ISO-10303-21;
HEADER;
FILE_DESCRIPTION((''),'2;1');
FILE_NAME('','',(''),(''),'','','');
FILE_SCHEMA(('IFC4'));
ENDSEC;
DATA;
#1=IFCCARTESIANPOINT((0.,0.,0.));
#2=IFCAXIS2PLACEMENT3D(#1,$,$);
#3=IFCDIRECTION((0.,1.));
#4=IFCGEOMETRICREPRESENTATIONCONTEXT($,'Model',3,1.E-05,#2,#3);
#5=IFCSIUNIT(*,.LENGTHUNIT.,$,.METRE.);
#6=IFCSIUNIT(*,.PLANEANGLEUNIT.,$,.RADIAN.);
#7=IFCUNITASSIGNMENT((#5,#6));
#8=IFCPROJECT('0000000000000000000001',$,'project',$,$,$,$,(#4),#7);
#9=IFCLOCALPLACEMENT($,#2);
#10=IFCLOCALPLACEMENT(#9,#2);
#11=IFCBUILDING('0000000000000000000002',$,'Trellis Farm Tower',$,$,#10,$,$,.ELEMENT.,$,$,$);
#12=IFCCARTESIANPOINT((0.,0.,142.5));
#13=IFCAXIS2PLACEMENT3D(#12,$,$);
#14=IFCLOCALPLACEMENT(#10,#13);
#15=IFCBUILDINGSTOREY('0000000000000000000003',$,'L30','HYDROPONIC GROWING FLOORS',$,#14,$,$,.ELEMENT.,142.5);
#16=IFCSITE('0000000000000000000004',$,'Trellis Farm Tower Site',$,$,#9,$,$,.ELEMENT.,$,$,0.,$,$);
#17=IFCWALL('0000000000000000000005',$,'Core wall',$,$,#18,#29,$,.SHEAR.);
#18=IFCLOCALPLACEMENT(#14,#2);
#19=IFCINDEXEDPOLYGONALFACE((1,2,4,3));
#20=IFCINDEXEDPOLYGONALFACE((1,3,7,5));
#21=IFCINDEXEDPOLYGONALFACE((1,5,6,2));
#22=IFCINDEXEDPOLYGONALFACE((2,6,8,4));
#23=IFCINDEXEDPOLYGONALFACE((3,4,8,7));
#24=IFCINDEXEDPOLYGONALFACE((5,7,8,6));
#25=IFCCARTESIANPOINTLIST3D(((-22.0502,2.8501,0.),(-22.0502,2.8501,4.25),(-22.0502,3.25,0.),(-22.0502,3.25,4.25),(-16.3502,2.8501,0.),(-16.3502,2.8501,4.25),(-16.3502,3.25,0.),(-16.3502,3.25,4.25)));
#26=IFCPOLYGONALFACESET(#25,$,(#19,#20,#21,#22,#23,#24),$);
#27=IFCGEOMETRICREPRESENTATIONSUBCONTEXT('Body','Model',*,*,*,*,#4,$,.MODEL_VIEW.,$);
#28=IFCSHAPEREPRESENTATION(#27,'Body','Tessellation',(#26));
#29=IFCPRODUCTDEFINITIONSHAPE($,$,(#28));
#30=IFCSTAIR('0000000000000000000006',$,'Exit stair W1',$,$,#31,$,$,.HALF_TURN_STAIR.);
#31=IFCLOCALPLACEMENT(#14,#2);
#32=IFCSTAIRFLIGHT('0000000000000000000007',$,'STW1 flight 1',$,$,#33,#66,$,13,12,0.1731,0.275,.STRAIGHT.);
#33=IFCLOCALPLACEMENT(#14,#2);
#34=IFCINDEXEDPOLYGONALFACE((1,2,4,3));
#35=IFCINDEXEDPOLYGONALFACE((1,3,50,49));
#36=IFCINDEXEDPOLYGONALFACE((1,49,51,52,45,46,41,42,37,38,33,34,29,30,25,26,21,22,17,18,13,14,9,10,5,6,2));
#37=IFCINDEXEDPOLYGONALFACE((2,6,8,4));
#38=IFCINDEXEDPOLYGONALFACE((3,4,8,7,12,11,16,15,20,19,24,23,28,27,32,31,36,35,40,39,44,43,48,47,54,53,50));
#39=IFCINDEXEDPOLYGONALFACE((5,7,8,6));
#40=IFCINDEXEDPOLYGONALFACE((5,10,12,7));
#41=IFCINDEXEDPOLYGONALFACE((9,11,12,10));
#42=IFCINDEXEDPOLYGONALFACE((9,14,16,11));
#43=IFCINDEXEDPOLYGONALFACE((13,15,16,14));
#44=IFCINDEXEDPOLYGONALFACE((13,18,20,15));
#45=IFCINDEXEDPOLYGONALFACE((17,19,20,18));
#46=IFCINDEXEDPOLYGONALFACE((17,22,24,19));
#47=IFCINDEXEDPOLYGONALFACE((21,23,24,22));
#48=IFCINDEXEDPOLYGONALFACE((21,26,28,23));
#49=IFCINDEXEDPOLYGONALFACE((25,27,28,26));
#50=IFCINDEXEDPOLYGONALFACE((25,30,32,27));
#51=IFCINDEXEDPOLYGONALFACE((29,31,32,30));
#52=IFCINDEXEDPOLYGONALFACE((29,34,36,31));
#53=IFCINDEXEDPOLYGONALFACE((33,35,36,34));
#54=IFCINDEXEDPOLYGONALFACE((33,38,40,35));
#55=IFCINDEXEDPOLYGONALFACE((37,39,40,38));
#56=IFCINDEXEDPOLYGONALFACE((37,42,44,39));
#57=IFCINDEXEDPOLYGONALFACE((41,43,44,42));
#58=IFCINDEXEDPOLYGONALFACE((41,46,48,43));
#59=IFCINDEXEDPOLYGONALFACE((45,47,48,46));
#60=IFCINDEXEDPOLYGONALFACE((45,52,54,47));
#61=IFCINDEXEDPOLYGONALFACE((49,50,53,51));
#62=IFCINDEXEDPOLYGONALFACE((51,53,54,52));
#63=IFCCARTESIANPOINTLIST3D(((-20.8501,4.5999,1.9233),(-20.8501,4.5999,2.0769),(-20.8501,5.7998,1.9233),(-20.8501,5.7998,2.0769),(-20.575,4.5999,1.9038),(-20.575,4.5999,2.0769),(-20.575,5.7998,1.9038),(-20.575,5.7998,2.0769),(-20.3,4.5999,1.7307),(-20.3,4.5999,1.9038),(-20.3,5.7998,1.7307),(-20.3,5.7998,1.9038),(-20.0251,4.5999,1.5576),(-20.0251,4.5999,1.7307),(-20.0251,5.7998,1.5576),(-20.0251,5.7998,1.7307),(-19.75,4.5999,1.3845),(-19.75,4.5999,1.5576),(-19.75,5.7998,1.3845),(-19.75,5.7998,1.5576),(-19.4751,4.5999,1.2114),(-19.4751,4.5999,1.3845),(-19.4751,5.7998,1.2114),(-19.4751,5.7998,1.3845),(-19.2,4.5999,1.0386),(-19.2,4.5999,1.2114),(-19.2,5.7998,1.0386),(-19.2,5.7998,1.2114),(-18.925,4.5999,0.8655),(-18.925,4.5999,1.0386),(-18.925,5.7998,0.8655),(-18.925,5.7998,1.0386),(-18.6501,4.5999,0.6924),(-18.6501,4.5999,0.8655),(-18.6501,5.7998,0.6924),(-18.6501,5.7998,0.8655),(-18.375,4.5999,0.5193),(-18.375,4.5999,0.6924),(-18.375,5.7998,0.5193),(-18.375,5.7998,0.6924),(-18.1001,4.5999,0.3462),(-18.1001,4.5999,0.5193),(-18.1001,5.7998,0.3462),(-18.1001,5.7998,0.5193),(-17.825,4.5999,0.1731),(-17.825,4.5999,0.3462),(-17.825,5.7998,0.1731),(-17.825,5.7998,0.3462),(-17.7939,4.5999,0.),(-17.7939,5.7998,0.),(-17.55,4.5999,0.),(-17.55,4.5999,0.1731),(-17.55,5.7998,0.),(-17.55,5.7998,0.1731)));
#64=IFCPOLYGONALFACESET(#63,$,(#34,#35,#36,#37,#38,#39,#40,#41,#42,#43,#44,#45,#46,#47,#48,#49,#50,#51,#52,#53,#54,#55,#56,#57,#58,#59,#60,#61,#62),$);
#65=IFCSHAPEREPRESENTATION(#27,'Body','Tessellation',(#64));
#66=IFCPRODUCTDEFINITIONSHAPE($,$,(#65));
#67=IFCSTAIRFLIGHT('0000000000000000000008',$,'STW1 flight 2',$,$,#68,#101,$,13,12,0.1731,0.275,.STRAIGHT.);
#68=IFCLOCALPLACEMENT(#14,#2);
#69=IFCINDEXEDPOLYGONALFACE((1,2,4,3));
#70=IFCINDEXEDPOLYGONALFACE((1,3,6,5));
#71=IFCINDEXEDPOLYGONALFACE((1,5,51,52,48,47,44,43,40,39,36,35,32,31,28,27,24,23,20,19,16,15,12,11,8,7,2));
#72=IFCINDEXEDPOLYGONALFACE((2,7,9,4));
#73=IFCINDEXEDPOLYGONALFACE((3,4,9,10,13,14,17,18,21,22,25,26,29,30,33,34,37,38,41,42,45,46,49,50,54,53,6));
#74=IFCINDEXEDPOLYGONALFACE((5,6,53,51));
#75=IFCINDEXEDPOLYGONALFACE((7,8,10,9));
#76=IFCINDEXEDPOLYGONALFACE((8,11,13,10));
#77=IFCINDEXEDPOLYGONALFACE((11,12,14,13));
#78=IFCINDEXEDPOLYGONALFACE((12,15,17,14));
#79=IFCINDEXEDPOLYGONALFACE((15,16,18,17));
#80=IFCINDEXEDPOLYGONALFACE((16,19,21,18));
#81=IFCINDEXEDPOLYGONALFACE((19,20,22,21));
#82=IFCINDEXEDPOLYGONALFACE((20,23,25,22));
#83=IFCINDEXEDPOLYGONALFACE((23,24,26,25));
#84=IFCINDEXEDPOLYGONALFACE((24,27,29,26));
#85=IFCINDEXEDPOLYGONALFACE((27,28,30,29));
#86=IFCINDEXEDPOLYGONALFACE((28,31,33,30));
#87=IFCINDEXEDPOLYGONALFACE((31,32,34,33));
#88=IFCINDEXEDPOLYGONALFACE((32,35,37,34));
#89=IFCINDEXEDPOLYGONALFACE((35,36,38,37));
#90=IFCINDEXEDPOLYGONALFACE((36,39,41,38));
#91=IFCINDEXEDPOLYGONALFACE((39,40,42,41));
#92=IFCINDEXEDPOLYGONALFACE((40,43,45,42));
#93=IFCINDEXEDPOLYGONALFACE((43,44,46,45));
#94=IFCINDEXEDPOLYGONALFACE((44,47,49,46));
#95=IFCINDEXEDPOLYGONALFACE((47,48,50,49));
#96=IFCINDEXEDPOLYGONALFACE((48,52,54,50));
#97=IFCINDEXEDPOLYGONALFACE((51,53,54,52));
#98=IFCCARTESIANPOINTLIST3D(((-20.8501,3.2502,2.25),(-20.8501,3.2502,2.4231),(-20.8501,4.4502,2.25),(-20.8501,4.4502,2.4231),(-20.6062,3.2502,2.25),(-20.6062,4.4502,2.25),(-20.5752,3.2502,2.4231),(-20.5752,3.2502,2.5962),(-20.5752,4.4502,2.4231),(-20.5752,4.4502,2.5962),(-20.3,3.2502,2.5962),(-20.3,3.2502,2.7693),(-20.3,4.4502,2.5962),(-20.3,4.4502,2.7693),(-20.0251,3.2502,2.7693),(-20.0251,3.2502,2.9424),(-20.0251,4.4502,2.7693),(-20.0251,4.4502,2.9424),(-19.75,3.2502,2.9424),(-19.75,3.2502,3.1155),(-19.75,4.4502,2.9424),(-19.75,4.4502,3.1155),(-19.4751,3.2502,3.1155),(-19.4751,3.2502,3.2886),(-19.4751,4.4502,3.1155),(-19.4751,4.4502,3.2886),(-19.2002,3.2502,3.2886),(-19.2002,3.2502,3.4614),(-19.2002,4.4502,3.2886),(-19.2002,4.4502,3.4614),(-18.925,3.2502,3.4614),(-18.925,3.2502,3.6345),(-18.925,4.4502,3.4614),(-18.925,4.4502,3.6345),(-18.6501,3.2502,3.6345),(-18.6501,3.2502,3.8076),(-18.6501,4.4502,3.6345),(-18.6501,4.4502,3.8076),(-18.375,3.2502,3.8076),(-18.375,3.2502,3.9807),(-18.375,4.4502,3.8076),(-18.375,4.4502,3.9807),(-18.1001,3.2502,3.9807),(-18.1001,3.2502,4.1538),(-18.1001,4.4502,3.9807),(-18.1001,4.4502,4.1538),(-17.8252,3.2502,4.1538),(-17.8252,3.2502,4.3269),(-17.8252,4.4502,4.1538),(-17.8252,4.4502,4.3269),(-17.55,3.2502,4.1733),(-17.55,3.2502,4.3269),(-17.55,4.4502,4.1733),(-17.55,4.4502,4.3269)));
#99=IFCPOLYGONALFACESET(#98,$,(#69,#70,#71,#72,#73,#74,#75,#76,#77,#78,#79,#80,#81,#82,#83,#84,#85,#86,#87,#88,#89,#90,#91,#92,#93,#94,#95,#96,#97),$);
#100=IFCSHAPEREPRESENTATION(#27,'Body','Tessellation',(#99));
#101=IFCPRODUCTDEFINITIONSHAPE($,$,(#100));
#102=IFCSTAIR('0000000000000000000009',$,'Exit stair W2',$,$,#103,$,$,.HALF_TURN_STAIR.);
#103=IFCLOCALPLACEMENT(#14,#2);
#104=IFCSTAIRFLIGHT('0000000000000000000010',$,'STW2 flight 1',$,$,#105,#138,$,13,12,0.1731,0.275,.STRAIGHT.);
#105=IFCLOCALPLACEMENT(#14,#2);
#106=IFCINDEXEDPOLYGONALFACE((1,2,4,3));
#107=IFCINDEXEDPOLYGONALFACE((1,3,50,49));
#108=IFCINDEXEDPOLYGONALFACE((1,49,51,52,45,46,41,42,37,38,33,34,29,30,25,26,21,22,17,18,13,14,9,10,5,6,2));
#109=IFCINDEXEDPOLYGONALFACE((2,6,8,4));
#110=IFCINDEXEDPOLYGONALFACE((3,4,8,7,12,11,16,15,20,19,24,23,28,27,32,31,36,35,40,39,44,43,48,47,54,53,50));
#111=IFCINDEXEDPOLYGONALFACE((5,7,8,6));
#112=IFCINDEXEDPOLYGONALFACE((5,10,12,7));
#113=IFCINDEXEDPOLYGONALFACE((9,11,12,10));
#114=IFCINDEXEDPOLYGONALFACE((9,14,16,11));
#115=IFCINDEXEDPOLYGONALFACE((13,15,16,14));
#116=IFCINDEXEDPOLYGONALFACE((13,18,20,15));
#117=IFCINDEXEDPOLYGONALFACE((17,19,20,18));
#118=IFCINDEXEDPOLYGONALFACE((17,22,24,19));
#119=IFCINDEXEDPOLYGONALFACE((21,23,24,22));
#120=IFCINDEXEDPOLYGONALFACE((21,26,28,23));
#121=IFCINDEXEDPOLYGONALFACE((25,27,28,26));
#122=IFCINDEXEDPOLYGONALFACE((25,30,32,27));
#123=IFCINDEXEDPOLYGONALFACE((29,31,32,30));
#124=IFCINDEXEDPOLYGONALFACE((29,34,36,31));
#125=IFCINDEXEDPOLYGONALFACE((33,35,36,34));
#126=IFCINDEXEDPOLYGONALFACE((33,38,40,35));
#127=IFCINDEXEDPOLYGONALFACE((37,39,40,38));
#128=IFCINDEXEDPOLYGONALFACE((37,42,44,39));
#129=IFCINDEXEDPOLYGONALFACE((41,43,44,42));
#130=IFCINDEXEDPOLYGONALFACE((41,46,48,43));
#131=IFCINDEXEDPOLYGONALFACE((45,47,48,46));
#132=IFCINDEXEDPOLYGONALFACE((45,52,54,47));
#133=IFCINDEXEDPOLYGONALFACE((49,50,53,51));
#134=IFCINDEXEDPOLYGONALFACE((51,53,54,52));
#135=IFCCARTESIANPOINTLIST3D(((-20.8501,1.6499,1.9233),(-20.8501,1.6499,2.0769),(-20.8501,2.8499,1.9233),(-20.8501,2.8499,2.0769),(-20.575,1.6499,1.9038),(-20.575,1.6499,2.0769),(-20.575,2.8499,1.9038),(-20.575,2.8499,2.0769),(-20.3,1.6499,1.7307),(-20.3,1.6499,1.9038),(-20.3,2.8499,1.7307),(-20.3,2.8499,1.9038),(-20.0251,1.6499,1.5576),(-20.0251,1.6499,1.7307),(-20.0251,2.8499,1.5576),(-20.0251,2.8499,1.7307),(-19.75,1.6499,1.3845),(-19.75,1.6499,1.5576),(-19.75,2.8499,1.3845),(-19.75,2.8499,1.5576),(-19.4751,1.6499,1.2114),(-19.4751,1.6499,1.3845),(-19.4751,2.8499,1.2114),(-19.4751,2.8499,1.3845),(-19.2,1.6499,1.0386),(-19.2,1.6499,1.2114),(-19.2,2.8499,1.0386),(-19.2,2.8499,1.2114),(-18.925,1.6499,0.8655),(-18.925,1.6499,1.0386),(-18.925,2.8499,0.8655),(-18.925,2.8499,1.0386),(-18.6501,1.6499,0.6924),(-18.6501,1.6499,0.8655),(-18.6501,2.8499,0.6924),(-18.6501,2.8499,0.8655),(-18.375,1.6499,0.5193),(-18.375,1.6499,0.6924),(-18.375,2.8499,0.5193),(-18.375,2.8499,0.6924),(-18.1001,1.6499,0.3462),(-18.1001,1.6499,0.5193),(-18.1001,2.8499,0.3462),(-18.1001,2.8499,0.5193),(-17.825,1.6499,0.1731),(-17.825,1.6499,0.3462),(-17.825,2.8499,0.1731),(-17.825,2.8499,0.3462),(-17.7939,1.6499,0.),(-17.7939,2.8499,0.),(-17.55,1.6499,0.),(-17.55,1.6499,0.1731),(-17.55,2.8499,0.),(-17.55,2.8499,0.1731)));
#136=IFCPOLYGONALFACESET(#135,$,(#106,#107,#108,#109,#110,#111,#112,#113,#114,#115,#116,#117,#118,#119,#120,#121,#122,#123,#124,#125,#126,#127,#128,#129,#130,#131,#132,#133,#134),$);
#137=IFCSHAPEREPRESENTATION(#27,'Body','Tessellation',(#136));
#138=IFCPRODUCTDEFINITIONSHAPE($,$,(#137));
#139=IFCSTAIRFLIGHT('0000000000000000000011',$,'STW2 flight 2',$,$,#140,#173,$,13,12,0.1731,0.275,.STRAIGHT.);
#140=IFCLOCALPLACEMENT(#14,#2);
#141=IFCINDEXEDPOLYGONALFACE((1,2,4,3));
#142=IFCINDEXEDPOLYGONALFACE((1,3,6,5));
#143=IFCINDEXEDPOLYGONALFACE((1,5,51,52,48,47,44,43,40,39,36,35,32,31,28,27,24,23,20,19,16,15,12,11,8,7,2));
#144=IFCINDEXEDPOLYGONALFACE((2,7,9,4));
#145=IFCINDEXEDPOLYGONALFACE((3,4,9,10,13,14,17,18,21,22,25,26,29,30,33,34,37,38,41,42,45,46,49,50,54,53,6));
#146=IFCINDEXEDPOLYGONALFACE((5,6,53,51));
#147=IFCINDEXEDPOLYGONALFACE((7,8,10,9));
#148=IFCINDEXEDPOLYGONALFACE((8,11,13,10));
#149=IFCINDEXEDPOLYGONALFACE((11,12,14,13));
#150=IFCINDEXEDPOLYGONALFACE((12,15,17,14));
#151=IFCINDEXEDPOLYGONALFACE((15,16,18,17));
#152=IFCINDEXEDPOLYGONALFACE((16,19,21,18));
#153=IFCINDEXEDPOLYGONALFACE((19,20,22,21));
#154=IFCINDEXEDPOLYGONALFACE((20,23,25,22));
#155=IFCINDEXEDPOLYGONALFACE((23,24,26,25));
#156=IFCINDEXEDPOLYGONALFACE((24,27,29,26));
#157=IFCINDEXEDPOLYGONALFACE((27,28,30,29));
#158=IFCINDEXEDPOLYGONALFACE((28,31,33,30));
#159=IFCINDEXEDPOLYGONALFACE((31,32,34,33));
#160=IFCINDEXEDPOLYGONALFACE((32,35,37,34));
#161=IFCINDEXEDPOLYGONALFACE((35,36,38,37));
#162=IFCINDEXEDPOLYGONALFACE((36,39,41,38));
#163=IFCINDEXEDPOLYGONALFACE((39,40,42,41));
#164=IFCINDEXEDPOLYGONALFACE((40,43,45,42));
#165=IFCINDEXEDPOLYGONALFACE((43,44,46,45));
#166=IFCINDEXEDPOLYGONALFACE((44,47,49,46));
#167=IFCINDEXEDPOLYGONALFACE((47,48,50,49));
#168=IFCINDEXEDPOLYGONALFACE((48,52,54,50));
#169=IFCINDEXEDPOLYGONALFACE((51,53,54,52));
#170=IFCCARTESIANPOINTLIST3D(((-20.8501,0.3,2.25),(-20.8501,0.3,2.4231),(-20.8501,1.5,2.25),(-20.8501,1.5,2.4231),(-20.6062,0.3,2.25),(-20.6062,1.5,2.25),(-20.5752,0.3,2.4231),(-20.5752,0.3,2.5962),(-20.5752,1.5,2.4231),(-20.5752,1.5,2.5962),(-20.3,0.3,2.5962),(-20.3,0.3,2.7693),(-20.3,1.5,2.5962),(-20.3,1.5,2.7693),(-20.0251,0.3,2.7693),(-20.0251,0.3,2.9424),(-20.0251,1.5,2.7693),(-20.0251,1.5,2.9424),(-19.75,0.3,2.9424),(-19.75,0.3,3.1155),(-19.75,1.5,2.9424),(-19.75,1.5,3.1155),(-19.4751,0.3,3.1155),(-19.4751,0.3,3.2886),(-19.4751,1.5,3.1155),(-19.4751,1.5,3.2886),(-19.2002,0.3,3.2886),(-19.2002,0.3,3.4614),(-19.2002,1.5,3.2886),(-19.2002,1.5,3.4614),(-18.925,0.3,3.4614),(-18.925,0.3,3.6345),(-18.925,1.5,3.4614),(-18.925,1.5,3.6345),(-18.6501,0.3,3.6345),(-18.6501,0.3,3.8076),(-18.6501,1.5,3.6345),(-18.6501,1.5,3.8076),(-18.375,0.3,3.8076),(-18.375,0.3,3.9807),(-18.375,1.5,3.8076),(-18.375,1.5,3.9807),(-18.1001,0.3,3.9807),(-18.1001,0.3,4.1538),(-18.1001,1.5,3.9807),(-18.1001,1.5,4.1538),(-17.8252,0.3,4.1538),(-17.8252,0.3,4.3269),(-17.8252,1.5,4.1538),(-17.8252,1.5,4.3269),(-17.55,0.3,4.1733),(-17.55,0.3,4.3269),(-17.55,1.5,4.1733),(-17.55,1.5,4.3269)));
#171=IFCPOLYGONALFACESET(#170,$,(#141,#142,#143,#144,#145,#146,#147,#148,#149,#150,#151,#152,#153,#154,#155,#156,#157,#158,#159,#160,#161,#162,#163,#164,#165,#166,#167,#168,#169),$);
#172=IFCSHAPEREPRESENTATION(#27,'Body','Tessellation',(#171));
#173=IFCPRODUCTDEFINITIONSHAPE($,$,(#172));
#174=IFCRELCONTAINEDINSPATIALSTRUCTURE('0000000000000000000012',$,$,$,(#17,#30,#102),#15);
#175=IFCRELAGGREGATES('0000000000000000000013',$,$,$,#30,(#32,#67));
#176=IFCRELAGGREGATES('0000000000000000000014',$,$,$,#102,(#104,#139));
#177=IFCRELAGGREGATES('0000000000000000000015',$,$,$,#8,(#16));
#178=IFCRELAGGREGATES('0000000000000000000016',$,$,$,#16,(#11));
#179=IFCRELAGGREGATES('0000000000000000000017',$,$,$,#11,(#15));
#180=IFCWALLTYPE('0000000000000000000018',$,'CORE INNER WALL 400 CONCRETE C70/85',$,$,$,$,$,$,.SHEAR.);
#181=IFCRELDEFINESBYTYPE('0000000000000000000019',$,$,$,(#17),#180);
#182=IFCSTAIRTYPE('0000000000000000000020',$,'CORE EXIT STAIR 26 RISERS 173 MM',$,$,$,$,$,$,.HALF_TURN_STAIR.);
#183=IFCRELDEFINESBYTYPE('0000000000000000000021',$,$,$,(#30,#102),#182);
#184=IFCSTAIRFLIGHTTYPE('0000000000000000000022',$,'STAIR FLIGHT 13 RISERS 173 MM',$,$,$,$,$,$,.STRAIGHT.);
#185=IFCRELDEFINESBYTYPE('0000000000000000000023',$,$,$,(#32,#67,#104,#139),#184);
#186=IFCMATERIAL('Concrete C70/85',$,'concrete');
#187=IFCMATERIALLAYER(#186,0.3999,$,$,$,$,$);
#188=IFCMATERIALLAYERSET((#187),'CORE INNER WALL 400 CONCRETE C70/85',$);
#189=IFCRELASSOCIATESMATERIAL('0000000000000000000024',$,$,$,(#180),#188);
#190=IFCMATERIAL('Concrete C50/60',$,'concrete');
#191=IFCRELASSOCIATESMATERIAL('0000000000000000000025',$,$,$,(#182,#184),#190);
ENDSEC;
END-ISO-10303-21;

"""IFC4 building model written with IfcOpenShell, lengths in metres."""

from ifc_helpers import new_model, si_unit, direction, frame, frame_2d, origin, place, context, subcontext, project, spatial, polyline, rectangle, outline, extrude, source, transform, mapped, material, layer, layer_set, type_object, element, aggregate, save


model = new_model("IFC4")

# Units and contexts
model_context = context("Model", 3, precision=1e-05, world=origin(), true_north=direction((0.0, 1.0)))
body_context = subcontext(model_context, "Body", "Model", "MODEL_VIEW")
ifc_project = project(units=[si_unit("LENGTHUNIT", "METRE"), si_unit("PLANEANGLEUNIT", "RADIAN")], contexts=[model_context])

# Site, building, storey
site_placement = place(None, origin())
site = spatial("IfcSite", under=ifc_project, at=site_placement, Name="Trellis Farm Tower Site", CompositionType="ELEMENT", RefElevation=0.0)
building_placement = place(site_placement, origin())
building = spatial("IfcBuilding", under=site, at=building_placement, Name="Trellis Farm Tower", CompositionType="ELEMENT")
storey_placement = place(building_placement, frame((0.0, 0.0, 142.5)))
storey = spatial("IfcBuildingStorey", under=building, at=storey_placement, Name="L30", Description="HYDROPONIC GROWING FLOORS", CompositionType="ELEMENT", Elevation=142.5)

# Shared definitions
placement = place(storey_placement, origin())

# Shared definitions
ifc_material_1 = material(Name="Concrete C70/85", Category="concrete")
ifc_layer_1 = layer(ifc_material_1, 0.3999)
ifc_layer_set_1 = layer_set([ifc_layer_1], Name="CORE INNER WALL 400 CONCRETE C70/85")
wall_type_1 = type_object("IfcWallType", Name="CORE INNER WALL 400 CONCRETE C70/85", PredefinedType="SHEAR", material=ifc_layer_set_1)

# Wall
shared_shape_1 = source(origin(), body_context, "Body", "SweptSolid", [
    extrude(rectangle(XDim=5.7, YDim=0.3999, at=frame_2d((2.8501, 0.0))), origin(), (0.0, 0.0, 1.0), 4.25),
])
wall_1_placement = place(storey_placement, frame((-16.3501, 3.05, 0.0), z_axis=(0.0, 0.0, 1.0), x_axis=(-1.0, 0.0, 0.0)))
element("IfcWall", 1, at=wall_1_placement, inside=storey, type_object=wall_type_1, Name="Core wall", PredefinedType="SHEAR", context=body_context, shape_type="MappedRepresentation", body=[
    mapped(shared_shape_1, transform((0.0, 0.0, 0.0))),
])

# Stairs, stair flights
ifc_material_2 = material(Name="Concrete C50/60", Category="concrete")
stair_type = type_object("IfcStairType", Name="CORE EXIT STAIR 26 RISERS 173 MM", PredefinedType="HALF_TURN_STAIR", material=ifc_material_2)
stair_1 = element("IfcStair", 2, at=placement, inside=storey, type_object=stair_type, Name="Exit stair W1", PredefinedType="HALF_TURN_STAIR")
stair_flight_type = type_object("IfcStairFlightType", Name="STAIR FLIGHT 13 RISERS 173 MM", PredefinedType="STRAIGHT", material=ifc_material_2)
shared_shape_2 = source(origin(), body_context, "Body", "SweptSolid", [
    extrude(outline(polyline([(0.0, 0.0), (0.0, 0.1731), (0.2749, 0.1731), (0.2749, 0.3462), (0.55, 0.3462), (0.55, 0.5193), (0.825, 0.5193), (0.825, 0.6924), (1.1001, 0.6924), (1.1001, 0.8655), (1.375, 0.8655), (1.375, 1.0386), (1.6499, 1.0386), (1.6499, 1.2114), (1.925, 1.2114), (1.925, 1.3845), (2.2, 1.3845), (2.2, 1.5576), (2.4751, 1.5576), (2.4751, 1.7307), (2.75, 1.7307), (2.75, 1.9038), (3.0249, 1.9038), (3.0249, 2.0769), (3.3, 2.0769), (3.3, 2.25), (3.3, 1.9233), (0.2439, 0.0), (0.0, 0.0)])), frame((0.0, 0.6001, 0.0), z_axis=(0.0, -1.0, 0.0), x_axis=(1.0, 0.0, 0.0)), (0.0, 0.0, 1.0), 1.2),
])
stair_flight_1_placement = place(storey_placement, frame((-17.55, 5.2, 0.0), z_axis=(0.0, 0.0, 1.0), x_axis=(-1.0, 0.0, 0.0)))
stair_flight_1 = element("IfcStairFlight", 3, at=stair_flight_1_placement, type_object=stair_flight_type, Name="STW1 flight 1", NumberOfRisers=13, NumberOfTreads=12, PredefinedType="STRAIGHT", RiserHeight=0.1731, TreadLength=0.275, context=body_context, shape_type="MappedRepresentation", body=[
    mapped(shared_shape_2, transform((0.0, 0.0, 0.0))),
])
stair_flight_2_placement = place(storey_placement, frame((-20.8501, 3.8501, 2.25), z_axis=(0.0, 0.0, 1.0), x_axis=(1.0, 0.0, 0.0)))
stair_flight_2 = element("IfcStairFlight", 4, at=stair_flight_2_placement, type_object=stair_flight_type, Name="STW1 flight 2", NumberOfRisers=13, NumberOfTreads=12, PredefinedType="STRAIGHT", RiserHeight=0.1731, TreadLength=0.275, context=body_context, shape_type="MappedRepresentation", body=[
    mapped(shared_shape_2, transform((0.0, 0.0, 0.0))),
])
aggregate(stair_1, [stair_flight_1, stair_flight_2])
stair_2 = element("IfcStair", 5, at=placement, inside=storey, type_object=stair_type, Name="Exit stair W2", PredefinedType="HALF_TURN_STAIR")
stair_flight_3_placement = place(storey_placement, frame((-17.55, 2.25, 0.0), z_axis=(0.0, 0.0, 1.0), x_axis=(-1.0, 0.0, 0.0)))
stair_flight_3 = element("IfcStairFlight", 6, at=stair_flight_3_placement, type_object=stair_flight_type, Name="STW2 flight 1", NumberOfRisers=13, NumberOfTreads=12, PredefinedType="STRAIGHT", RiserHeight=0.1731, TreadLength=0.275, context=body_context, shape_type="MappedRepresentation", body=[
    mapped(shared_shape_2, transform((0.0, 0.0, 0.0))),
])
stair_flight_4_placement = place(storey_placement, frame((-20.8501, 0.8999, 2.25), z_axis=(0.0, 0.0, 1.0), x_axis=(1.0, 0.0, 0.0)))
stair_flight_4 = element("IfcStairFlight", 7, at=stair_flight_4_placement, type_object=stair_flight_type, Name="STW2 flight 2", NumberOfRisers=13, NumberOfTreads=12, PredefinedType="STRAIGHT", RiserHeight=0.1731, TreadLength=0.275, context=body_context, shape_type="MappedRepresentation", body=[
    mapped(shared_shape_2, transform((0.0, 0.0, 0.0))),
])
aggregate(stair_2, [stair_flight_3, stair_flight_4])

save(model, "model.ifc")
